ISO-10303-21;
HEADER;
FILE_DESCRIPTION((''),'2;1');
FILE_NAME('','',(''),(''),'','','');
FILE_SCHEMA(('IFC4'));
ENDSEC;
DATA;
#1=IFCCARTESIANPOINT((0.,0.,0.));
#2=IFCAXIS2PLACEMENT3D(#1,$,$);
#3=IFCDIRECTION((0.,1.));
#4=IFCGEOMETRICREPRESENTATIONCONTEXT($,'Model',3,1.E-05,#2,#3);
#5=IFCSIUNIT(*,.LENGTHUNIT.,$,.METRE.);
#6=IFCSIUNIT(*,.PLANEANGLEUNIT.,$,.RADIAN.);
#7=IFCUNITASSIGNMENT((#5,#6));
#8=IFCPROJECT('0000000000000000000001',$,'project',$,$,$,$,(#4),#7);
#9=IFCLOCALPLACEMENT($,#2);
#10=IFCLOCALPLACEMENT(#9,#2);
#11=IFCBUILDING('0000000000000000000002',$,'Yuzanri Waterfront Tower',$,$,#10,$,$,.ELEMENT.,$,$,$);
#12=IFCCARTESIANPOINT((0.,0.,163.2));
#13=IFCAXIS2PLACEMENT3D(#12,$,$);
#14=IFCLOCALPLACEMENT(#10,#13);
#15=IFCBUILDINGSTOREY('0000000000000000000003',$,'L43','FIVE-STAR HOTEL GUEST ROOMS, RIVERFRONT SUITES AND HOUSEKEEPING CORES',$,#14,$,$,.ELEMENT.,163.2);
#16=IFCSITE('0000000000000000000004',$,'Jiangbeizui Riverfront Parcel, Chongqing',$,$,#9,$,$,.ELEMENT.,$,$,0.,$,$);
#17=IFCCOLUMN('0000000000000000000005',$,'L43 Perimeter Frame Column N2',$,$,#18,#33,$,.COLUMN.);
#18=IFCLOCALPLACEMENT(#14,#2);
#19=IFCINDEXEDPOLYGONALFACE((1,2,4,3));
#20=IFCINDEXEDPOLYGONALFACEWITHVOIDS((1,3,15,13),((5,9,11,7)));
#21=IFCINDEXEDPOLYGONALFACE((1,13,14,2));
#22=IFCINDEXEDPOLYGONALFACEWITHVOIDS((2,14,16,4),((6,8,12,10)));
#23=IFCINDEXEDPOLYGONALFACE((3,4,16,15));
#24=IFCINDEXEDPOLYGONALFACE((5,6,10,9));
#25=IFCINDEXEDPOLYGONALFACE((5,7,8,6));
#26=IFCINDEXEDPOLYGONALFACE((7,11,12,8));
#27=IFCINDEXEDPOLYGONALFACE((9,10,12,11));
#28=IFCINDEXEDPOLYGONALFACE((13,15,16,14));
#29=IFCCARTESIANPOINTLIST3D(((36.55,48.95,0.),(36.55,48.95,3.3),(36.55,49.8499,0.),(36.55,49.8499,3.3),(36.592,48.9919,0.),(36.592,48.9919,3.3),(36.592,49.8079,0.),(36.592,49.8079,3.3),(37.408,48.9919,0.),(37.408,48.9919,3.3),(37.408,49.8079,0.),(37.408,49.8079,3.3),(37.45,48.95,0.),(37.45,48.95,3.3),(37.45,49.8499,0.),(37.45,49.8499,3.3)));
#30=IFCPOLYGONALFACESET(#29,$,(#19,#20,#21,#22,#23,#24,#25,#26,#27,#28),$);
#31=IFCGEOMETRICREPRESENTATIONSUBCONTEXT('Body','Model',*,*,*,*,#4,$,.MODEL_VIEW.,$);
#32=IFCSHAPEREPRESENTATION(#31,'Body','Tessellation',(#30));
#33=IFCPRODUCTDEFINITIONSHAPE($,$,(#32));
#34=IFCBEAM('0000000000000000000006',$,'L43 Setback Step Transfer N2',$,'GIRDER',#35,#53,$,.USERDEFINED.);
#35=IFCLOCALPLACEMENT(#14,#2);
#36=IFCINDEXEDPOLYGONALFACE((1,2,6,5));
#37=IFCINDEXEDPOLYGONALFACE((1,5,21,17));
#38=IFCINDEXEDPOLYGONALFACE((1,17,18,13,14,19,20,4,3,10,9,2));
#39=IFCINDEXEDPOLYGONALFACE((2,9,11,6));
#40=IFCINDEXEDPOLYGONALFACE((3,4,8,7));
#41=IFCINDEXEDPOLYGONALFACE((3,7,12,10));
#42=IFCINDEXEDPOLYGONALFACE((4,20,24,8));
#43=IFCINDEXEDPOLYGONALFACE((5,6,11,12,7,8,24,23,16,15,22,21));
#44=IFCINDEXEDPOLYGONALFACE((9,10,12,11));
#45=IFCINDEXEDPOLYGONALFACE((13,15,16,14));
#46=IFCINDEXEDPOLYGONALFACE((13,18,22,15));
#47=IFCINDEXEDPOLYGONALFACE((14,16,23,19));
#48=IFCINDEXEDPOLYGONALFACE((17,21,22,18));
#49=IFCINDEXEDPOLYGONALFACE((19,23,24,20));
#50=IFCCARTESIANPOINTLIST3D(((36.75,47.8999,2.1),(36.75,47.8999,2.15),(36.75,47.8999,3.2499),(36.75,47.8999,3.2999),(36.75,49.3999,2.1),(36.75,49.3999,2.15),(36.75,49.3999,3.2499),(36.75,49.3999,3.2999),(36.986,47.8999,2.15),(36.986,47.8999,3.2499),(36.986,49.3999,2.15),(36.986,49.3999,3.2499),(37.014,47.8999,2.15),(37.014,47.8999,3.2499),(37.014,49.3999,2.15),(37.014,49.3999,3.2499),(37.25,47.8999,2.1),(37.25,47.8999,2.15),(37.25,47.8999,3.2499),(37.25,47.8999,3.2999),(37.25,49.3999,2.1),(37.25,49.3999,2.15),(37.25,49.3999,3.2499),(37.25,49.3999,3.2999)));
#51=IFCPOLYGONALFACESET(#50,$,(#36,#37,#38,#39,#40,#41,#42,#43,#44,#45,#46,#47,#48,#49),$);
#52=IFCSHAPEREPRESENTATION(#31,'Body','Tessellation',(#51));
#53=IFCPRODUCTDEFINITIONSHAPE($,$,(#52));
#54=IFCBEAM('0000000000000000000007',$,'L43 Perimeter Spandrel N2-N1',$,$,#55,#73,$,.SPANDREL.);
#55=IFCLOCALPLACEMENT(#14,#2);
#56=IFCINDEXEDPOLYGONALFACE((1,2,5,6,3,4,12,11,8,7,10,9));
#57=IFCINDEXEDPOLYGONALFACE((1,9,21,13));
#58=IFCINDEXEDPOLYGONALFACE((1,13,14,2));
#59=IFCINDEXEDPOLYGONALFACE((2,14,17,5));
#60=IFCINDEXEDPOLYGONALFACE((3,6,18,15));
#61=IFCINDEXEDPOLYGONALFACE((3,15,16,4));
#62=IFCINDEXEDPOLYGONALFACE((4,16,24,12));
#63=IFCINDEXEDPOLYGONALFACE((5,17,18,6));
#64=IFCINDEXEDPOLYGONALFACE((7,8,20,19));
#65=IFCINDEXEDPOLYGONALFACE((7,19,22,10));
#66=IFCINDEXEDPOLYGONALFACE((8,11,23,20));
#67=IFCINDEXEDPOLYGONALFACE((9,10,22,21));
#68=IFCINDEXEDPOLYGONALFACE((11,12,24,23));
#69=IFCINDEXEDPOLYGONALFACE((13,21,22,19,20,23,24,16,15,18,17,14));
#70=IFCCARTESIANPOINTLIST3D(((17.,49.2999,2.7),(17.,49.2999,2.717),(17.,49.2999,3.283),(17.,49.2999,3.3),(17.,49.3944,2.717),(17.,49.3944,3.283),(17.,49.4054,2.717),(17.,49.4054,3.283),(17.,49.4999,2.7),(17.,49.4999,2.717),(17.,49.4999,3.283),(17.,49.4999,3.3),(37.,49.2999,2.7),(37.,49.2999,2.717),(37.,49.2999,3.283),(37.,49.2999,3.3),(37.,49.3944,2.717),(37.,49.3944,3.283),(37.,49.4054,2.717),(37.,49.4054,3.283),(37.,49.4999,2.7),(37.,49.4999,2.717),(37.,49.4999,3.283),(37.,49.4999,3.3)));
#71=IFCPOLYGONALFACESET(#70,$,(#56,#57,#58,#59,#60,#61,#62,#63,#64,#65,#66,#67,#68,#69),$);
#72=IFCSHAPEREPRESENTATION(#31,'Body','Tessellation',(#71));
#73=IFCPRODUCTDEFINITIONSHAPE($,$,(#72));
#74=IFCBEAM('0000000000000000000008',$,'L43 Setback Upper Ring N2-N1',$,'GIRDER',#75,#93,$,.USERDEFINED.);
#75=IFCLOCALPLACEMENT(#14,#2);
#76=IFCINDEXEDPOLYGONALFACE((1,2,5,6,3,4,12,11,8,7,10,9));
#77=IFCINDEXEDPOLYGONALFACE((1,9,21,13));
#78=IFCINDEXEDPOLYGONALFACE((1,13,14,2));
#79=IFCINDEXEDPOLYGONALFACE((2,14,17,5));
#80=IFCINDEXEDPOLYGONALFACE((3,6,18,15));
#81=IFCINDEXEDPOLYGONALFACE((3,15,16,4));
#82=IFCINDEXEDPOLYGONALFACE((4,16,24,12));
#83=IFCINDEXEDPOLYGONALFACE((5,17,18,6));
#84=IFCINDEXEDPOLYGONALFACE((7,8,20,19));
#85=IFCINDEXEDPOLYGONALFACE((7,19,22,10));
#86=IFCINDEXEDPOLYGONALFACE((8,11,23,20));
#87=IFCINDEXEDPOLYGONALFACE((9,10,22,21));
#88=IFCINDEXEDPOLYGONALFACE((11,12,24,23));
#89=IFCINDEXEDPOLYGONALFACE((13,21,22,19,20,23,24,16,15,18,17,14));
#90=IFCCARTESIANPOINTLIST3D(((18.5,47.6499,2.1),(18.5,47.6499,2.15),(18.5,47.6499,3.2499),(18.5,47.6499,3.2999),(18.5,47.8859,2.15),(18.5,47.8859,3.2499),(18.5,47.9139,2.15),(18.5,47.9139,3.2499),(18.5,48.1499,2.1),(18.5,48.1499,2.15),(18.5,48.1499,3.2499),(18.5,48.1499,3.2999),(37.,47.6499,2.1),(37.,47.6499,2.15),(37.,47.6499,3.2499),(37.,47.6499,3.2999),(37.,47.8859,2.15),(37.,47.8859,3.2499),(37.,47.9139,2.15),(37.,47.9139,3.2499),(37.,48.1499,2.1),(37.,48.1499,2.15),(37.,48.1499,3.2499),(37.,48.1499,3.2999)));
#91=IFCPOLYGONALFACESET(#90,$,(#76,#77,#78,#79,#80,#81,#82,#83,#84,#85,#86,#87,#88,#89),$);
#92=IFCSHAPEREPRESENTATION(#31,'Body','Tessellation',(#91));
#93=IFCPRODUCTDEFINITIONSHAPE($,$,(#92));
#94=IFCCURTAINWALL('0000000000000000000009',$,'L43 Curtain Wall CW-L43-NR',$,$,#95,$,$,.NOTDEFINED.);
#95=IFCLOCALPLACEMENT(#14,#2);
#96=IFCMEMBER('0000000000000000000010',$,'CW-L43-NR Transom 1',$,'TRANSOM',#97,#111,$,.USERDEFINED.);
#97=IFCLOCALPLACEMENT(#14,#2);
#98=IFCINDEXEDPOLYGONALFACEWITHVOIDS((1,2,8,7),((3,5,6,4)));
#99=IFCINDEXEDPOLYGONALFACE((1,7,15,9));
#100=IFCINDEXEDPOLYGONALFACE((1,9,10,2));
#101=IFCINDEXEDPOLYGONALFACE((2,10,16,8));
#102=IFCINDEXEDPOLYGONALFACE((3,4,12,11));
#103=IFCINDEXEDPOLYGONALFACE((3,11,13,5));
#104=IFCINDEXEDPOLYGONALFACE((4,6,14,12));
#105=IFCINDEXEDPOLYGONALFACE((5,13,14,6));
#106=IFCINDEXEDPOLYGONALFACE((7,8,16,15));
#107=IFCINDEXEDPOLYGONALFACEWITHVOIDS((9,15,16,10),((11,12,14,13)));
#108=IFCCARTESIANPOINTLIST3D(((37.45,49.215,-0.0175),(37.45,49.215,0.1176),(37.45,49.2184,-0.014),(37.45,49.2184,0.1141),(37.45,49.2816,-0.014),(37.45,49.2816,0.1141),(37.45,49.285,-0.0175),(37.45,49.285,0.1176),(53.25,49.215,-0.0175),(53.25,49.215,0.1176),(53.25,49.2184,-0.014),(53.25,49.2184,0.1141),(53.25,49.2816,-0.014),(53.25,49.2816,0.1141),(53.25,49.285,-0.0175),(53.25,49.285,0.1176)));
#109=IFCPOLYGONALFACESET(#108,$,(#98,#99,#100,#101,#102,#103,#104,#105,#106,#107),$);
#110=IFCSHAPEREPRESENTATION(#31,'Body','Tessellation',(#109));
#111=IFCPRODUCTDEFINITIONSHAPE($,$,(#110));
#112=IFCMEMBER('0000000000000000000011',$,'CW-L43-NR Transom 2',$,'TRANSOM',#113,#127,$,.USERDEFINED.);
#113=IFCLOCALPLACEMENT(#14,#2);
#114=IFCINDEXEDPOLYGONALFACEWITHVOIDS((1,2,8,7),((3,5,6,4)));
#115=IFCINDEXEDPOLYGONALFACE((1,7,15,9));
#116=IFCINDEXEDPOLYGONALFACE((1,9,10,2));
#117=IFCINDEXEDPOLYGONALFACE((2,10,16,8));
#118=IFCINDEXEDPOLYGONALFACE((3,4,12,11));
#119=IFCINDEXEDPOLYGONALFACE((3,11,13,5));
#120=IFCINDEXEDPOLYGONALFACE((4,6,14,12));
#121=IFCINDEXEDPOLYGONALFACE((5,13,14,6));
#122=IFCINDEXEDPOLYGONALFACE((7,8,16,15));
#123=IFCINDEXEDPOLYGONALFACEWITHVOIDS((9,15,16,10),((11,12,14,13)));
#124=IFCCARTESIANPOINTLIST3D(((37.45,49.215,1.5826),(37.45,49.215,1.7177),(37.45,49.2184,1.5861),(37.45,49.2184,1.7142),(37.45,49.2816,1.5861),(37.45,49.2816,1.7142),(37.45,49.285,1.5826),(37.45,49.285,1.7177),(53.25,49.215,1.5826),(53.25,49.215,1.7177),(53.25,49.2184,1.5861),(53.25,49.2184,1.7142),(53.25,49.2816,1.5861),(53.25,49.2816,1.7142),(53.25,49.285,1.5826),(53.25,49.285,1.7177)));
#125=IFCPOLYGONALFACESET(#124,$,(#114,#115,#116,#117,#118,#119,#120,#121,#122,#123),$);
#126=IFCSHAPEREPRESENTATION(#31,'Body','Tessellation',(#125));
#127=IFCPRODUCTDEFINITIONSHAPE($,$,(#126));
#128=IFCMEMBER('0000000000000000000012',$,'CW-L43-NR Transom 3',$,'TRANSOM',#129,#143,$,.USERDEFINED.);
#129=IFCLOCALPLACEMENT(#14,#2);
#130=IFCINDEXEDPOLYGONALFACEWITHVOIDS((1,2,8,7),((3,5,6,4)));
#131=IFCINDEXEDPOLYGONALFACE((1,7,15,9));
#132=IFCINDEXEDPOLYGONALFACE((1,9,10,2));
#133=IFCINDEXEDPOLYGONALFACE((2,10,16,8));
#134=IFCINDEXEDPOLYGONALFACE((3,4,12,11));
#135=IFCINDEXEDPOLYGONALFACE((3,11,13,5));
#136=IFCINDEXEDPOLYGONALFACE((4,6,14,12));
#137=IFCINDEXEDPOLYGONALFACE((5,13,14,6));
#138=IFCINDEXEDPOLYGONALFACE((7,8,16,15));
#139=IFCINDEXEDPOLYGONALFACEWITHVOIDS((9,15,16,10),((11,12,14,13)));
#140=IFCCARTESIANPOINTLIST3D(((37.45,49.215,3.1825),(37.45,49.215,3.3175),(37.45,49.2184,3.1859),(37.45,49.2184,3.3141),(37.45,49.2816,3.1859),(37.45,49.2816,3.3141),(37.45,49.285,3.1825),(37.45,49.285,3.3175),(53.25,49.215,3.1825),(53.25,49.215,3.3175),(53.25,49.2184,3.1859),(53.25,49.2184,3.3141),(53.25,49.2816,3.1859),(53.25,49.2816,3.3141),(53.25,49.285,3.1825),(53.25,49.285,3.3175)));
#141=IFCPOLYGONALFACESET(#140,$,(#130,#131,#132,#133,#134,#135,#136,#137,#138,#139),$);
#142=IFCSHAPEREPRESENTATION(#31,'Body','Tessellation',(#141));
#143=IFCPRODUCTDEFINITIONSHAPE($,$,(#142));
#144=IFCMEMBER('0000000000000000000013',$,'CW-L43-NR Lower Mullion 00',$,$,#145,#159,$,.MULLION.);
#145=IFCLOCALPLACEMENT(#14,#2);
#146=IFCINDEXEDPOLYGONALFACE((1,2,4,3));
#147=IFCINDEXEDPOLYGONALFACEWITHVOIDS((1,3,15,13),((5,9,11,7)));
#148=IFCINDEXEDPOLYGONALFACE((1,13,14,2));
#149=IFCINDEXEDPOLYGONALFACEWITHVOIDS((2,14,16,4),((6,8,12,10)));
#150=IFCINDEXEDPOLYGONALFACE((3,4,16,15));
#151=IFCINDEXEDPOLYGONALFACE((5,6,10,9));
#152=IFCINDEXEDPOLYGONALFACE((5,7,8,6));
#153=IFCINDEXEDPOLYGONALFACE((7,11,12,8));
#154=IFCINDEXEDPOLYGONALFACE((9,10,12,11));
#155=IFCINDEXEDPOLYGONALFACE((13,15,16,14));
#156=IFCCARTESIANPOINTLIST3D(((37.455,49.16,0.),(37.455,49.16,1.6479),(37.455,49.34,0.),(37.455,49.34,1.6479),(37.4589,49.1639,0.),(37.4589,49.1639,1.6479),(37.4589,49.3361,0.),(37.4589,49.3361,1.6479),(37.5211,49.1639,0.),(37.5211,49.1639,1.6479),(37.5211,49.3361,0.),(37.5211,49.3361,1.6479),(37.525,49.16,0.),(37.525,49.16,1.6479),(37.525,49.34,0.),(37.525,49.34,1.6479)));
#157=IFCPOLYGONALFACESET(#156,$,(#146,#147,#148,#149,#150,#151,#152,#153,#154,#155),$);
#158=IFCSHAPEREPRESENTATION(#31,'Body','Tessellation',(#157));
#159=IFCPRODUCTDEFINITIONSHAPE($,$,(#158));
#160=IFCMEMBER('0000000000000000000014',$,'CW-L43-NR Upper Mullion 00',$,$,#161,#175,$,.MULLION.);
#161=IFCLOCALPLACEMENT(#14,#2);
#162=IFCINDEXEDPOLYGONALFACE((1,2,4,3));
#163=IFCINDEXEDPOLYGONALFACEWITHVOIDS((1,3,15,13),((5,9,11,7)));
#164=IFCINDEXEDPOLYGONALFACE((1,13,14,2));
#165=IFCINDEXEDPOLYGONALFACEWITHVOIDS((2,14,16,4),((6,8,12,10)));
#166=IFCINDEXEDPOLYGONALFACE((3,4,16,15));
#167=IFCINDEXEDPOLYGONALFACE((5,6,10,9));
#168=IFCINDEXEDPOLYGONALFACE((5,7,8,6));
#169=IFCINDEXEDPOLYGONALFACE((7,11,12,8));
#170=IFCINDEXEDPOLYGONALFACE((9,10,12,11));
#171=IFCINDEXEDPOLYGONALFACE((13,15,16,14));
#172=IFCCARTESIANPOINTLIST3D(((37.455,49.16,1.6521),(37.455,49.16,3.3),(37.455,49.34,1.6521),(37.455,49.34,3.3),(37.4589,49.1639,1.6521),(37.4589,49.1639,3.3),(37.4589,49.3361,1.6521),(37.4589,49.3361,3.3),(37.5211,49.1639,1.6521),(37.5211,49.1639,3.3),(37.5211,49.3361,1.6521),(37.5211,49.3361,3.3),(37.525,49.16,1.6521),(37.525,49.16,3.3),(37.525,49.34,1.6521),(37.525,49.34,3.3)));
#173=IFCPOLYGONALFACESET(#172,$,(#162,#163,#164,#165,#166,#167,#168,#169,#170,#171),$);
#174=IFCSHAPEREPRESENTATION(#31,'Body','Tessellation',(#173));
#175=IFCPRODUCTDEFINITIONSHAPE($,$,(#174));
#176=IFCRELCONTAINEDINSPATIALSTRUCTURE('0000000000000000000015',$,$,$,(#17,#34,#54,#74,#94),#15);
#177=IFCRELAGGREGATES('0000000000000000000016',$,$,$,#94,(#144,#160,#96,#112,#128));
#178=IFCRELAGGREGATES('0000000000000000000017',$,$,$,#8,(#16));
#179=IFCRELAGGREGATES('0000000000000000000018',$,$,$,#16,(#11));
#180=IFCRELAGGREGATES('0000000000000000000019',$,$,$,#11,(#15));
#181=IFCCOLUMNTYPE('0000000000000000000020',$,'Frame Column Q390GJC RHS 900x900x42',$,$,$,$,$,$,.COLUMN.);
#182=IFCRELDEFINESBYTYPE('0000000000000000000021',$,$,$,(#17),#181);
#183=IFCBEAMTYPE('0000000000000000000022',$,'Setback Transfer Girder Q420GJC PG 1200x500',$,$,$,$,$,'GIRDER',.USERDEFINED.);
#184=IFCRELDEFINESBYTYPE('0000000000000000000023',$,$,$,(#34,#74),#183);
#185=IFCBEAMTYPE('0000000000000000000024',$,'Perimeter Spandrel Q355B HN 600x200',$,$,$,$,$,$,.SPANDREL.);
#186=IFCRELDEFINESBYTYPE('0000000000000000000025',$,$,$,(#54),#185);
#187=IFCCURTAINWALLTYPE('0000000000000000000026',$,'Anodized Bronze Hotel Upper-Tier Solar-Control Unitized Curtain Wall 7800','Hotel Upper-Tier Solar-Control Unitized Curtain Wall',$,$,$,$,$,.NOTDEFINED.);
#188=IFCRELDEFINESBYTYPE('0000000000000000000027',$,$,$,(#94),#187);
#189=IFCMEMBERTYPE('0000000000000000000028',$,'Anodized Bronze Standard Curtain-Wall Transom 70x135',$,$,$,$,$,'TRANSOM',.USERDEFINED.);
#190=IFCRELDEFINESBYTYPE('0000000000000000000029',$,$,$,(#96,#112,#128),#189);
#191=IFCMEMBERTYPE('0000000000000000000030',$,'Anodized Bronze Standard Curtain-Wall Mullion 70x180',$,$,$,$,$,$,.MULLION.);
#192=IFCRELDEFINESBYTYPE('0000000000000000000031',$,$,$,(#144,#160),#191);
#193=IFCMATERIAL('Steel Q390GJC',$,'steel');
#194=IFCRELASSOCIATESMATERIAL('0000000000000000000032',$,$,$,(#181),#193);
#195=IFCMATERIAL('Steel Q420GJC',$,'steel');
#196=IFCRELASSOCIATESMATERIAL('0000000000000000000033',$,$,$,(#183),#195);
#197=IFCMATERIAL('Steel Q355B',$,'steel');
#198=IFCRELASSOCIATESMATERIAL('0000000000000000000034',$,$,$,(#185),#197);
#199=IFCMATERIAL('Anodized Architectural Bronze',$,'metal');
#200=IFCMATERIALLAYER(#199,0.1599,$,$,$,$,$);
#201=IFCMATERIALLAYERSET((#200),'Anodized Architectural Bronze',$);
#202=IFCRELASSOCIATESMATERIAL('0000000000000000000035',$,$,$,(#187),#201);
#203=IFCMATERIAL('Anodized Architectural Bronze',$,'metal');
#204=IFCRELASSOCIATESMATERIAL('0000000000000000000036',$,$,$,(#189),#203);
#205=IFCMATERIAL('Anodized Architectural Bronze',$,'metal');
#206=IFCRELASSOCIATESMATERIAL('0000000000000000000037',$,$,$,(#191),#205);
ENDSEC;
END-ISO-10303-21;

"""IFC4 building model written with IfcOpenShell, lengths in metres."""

from ifc_helpers import new_model, si_unit, direction, frame, origin, origin_2d, place, context, subcontext, project, spatial, hollow_rectangle, i_section, extrude, source, transform, mapped, material, layer, layer_set, material_profile, profile_set, type_object, element, aggregate, save


model = new_model("IFC4")

# Units and contexts
model_context = context("Model", 3, precision=1e-05, world=origin(), true_north=direction((0.0, 1.0)))
body_context = subcontext(model_context, "Body", "Model", "MODEL_VIEW")
ifc_project = project(units=[si_unit("LENGTHUNIT", "METRE"), si_unit("PLANEANGLEUNIT", "RADIAN")], contexts=[model_context])

# Site, building, storey
site_placement = place(None, origin())
site = spatial("IfcSite", under=ifc_project, at=site_placement, Name="Jiangbeizui Riverfront Parcel, Chongqing", CompositionType="ELEMENT", RefElevation=0.0)
building_placement = place(site_placement, origin())
building = spatial("IfcBuilding", under=site, at=building_placement, Name="Yuzanri Waterfront Tower", CompositionType="ELEMENT")
storey_placement = place(building_placement, frame((0.0, 0.0, 163.2)))
storey = spatial("IfcBuildingStorey", under=building, at=storey_placement, Name="L43", Description="FIVE-STAR HOTEL GUEST ROOMS, RIVERFRONT SUITES AND HOUSEKEEPING CORES", CompositionType="ELEMENT", Elevation=163.2)

# Column
ifc_material_1 = material(Name="Steel Q390GJC", Category="steel")
ifc_material_profile_1 = material_profile(ifc_material_1, hollow_rectangle(XDim=0.8999, YDim=0.8999, WallThickness=0.042, at=origin_2d()), Name="RHS 900x900x42")
ifc_profile_set_1 = profile_set([ifc_material_profile_1], Name="Steel Q390GJC")
column_type = type_object("IfcColumnType", Name="Frame Column Q390GJC RHS 900x900x42", PredefinedType="COLUMN", material=ifc_profile_set_1)
shared_shape_1 = source(origin(), body_context, "Body", "SweptSolid", [
    extrude(hollow_rectangle(XDim=0.8999, YDim=0.8999, WallThickness=0.042, at=origin_2d()), origin(), (0.0, 0.0, 1.0), 3.3),
])
column_placement = place(storey_placement, frame((37.0, 49.3999, 0.0), z_axis=(0.0, 0.0, 1.0), x_axis=(1.0, 0.0, 0.0)))
element("IfcColumn", 1, at=column_placement, inside=storey, type_object=column_type, Name="L43 Perimeter Frame Column N2", PredefinedType="COLUMN", context=body_context, shape_type="MappedRepresentation", body=[
    mapped(shared_shape_1, transform((0.0, 0.0, 0.0), scale=1.0)),
])

# Beams
ifc_material_2 = material(Name="Steel Q420GJC", Category="steel")
ifc_material_profile_2 = material_profile(ifc_material_2, i_section(OverallWidth=0.5, OverallDepth=1.2, WebThickness=0.0281, FlangeThickness=0.05, at=origin_2d()), Name="PG 1200x500x28x50")
ifc_profile_set_2 = profile_set([ifc_material_profile_2], Name="Steel Q420GJC")
beam_type_1 = type_object("IfcBeamType", Name="Setback Transfer Girder Q420GJC PG 1200x500", ElementType="GIRDER", PredefinedType="USERDEFINED", material=ifc_profile_set_2)
shared_shape_2 = source(origin(), body_context, "Body", "SweptSolid", [
    extrude(i_section(OverallWidth=0.5, OverallDepth=1.2, WebThickness=0.0281, FlangeThickness=0.05, at=origin_2d()), origin(), (0.0, 0.0, 1.0), 1.5),
])
beam_1_placement = place(storey_placement, frame((37.0, 47.8999, 2.7), z_axis=(0.0, 1.0, 0.0), x_axis=(-1.0, 0.0, 0.0)))
element("IfcBeam", 2, at=beam_1_placement, inside=storey, type_object=beam_type_1, Name="L43 Setback Step Transfer N2", ObjectType="GIRDER", PredefinedType="USERDEFINED", context=body_context, shape_type="MappedRepresentation", body=[
    mapped(shared_shape_2, transform((0.0, 0.0, 0.0), scale=1.0)),
])
ifc_material_3 = material(Name="Steel Q355B", Category="steel")
ifc_material_profile_3 = material_profile(ifc_material_3, i_section(OverallWidth=0.2, OverallDepth=0.6001, WebThickness=0.011, FlangeThickness=0.0171, at=origin_2d()), Name="HN 600x200x11x17")
ifc_profile_set_3 = profile_set([ifc_material_profile_3], Name="Steel Q355B")
beam_type_2 = type_object("IfcBeamType", Name="Perimeter Spandrel Q355B HN 600x200", PredefinedType="SPANDREL", material=ifc_profile_set_3)
shared_shape_3 = source(origin(), body_context, "Body", "SweptSolid", [
    extrude(i_section(OverallWidth=0.2, OverallDepth=0.6001, WebThickness=0.011, FlangeThickness=0.0171, at=origin_2d()), origin(), (0.0, 0.0, 1.0), 20.0),
])
beam_2_placement = place(storey_placement, frame((37.0, 49.3999, 3.0), z_axis=(-1.0, 0.0, 0.0), x_axis=(0.0, -1.0, 0.0)))
element("IfcBeam", 3, at=beam_2_placement, inside=storey, type_object=beam_type_2, Name="L43 Perimeter Spandrel N2-N1", PredefinedType="SPANDREL", context=body_context, shape_type="MappedRepresentation", body=[
    mapped(shared_shape_3, transform((0.0, 0.0, 0.0), scale=1.0)),
])
shared_shape_4 = source(origin(), body_context, "Body", "SweptSolid", [
    extrude(i_section(OverallWidth=0.5, OverallDepth=1.2, WebThickness=0.0281, FlangeThickness=0.05, at=origin_2d()), origin(), (0.0, 0.0, 1.0), 18.5),
])
beam_3_placement = place(storey_placement, frame((37.0, 47.8999, 2.7), z_axis=(-1.0, 0.0, 0.0), x_axis=(0.0, -1.0, 0.0)))
element("IfcBeam", 4, at=beam_3_placement, inside=storey, type_object=beam_type_1, Name="L43 Setback Upper Ring N2-N1", ObjectType="GIRDER", PredefinedType="USERDEFINED", context=body_context, shape_type="MappedRepresentation", body=[
    mapped(shared_shape_4, transform((0.0, 0.0, 0.0), scale=1.0)),
])

# Curtain wall, members
ifc_material_4 = material(Name="Anodized Architectural Bronze", Category="metal")
ifc_layer_1 = layer(ifc_material_4, 0.1599)
ifc_layer_set_1 = layer_set([ifc_layer_1], Name="Anodized Architectural Bronze")
curtain_wall_type = type_object("IfcCurtainWallType", Name="Anodized Bronze Hotel Upper-Tier Solar-Control Unitized Curtain Wall 7800", Description="Hotel Upper-Tier Solar-Control Unitized Curtain Wall", PredefinedType="NOTDEFINED", material=ifc_layer_set_1)
curtain_wall_placement = place(storey_placement, origin())
curtain_wall = element("IfcCurtainWall", 5, at=curtain_wall_placement, inside=storey, type_object=curtain_wall_type, Name="L43 Curtain Wall CW-L43-NR", PredefinedType="NOTDEFINED")
ifc_material_5 = material(Name="Anodized Architectural Bronze", Category="metal")
ifc_material_profile_4 = material_profile(ifc_material_5, hollow_rectangle(XDim=0.0701, YDim=0.135, WallThickness=0.0034, at=origin_2d()), Name="CWT 70x135")
ifc_profile_set_4 = profile_set([ifc_material_profile_4], Name="Anodized Architectural Bronze")
member_type_1 = type_object("IfcMemberType", Name="Anodized Bronze Standard Curtain-Wall Transom 70x135", ElementType="TRANSOM", PredefinedType="USERDEFINED", material=ifc_profile_set_4)
shared_shape_5 = source(origin(), body_context, "Body", "SweptSolid", [
    extrude(hollow_rectangle(XDim=0.0701, YDim=0.135, WallThickness=0.0034, at=origin_2d()), origin(), (0.0, 0.0, 1.0), 15.8),
])
member_1_placement = place(storey_placement, frame((37.45, 49.25, 0.05), z_axis=(1.0, 0.0, 0.0), x_axis=(0.0, 1.0, 0.0)))
member_1 = element("IfcMember", 6, at=member_1_placement, type_object=member_type_1, Name="CW-L43-NR Transom 1", ObjectType="TRANSOM", PredefinedType="USERDEFINED", context=body_context, shape_type="MappedRepresentation", body=[
    mapped(shared_shape_5, transform((0.0, 0.0, 0.0), scale=1.0)),
])
member_2_placement = place(storey_placement, frame((37.45, 49.25, 1.6501), z_axis=(1.0, 0.0, 0.0), x_axis=(0.0, 1.0, 0.0)))
member_2 = element("IfcMember", 7, at=member_2_placement, type_object=member_type_1, Name="CW-L43-NR Transom 2", ObjectType="TRANSOM", PredefinedType="USERDEFINED", context=body_context, shape_type="MappedRepresentation", body=[
    mapped(shared_shape_5, transform((0.0, 0.0, 0.0), scale=1.0)),
])
member_3_placement = place(storey_placement, frame((37.45, 49.25, 3.25), z_axis=(1.0, 0.0, 0.0), x_axis=(0.0, 1.0, 0.0)))
member_3 = element("IfcMember", 8, at=member_3_placement, type_object=member_type_1, Name="CW-L43-NR Transom 3", ObjectType="TRANSOM", PredefinedType="USERDEFINED", context=body_context, shape_type="MappedRepresentation", body=[
    mapped(shared_shape_5, transform((0.0, 0.0, 0.0), scale=1.0)),
])
ifc_material_6 = material(Name="Anodized Architectural Bronze", Category="metal")
ifc_material_profile_5 = material_profile(ifc_material_6, hollow_rectangle(XDim=0.0701, YDim=0.1799, WallThickness=0.0039, at=origin_2d()), Name="CWM 70x180")
ifc_profile_set_5 = profile_set([ifc_material_profile_5], Name="Anodized Architectural Bronze")
member_type_2 = type_object("IfcMemberType", Name="Anodized Bronze Standard Curtain-Wall Mullion 70x180", PredefinedType="MULLION", material=ifc_profile_set_5)
shared_shape_6 = source(origin(), body_context, "Body", "SweptSolid", [
    extrude(hollow_rectangle(XDim=0.0701, YDim=0.1799, WallThickness=0.0039, at=origin_2d()), origin(), (0.0, 0.0, 1.0), 1.6479),
])
member_4_placement = place(storey_placement, frame((37.49, 49.25, 0.0), z_axis=(0.0, 0.0, 1.0), x_axis=(1.0, 0.0, 0.0)))
member_4 = element("IfcMember", 9, at=member_4_placement, type_object=member_type_2, Name="CW-L43-NR Lower Mullion 00", PredefinedType="MULLION", context=body_context, shape_type="MappedRepresentation", body=[
    mapped(shared_shape_6, transform((0.0, 0.0, 0.0), scale=1.0)),
])
member_5_placement = place(storey_placement, frame((37.49, 49.25, 1.6521), z_axis=(0.0, 0.0, 1.0), x_axis=(1.0, 0.0, 0.0)))
member_5 = element("IfcMember", 10, at=member_5_placement, type_object=member_type_2, Name="CW-L43-NR Upper Mullion 00", PredefinedType="MULLION", context=body_context, shape_type="MappedRepresentation", body=[
    mapped(shared_shape_6, transform((0.0, 0.0, 0.0), scale=1.0)),
])

aggregate(curtain_wall, [member_4, member_5, member_1, member_2, member_3])

save(model, "model.ifc")
